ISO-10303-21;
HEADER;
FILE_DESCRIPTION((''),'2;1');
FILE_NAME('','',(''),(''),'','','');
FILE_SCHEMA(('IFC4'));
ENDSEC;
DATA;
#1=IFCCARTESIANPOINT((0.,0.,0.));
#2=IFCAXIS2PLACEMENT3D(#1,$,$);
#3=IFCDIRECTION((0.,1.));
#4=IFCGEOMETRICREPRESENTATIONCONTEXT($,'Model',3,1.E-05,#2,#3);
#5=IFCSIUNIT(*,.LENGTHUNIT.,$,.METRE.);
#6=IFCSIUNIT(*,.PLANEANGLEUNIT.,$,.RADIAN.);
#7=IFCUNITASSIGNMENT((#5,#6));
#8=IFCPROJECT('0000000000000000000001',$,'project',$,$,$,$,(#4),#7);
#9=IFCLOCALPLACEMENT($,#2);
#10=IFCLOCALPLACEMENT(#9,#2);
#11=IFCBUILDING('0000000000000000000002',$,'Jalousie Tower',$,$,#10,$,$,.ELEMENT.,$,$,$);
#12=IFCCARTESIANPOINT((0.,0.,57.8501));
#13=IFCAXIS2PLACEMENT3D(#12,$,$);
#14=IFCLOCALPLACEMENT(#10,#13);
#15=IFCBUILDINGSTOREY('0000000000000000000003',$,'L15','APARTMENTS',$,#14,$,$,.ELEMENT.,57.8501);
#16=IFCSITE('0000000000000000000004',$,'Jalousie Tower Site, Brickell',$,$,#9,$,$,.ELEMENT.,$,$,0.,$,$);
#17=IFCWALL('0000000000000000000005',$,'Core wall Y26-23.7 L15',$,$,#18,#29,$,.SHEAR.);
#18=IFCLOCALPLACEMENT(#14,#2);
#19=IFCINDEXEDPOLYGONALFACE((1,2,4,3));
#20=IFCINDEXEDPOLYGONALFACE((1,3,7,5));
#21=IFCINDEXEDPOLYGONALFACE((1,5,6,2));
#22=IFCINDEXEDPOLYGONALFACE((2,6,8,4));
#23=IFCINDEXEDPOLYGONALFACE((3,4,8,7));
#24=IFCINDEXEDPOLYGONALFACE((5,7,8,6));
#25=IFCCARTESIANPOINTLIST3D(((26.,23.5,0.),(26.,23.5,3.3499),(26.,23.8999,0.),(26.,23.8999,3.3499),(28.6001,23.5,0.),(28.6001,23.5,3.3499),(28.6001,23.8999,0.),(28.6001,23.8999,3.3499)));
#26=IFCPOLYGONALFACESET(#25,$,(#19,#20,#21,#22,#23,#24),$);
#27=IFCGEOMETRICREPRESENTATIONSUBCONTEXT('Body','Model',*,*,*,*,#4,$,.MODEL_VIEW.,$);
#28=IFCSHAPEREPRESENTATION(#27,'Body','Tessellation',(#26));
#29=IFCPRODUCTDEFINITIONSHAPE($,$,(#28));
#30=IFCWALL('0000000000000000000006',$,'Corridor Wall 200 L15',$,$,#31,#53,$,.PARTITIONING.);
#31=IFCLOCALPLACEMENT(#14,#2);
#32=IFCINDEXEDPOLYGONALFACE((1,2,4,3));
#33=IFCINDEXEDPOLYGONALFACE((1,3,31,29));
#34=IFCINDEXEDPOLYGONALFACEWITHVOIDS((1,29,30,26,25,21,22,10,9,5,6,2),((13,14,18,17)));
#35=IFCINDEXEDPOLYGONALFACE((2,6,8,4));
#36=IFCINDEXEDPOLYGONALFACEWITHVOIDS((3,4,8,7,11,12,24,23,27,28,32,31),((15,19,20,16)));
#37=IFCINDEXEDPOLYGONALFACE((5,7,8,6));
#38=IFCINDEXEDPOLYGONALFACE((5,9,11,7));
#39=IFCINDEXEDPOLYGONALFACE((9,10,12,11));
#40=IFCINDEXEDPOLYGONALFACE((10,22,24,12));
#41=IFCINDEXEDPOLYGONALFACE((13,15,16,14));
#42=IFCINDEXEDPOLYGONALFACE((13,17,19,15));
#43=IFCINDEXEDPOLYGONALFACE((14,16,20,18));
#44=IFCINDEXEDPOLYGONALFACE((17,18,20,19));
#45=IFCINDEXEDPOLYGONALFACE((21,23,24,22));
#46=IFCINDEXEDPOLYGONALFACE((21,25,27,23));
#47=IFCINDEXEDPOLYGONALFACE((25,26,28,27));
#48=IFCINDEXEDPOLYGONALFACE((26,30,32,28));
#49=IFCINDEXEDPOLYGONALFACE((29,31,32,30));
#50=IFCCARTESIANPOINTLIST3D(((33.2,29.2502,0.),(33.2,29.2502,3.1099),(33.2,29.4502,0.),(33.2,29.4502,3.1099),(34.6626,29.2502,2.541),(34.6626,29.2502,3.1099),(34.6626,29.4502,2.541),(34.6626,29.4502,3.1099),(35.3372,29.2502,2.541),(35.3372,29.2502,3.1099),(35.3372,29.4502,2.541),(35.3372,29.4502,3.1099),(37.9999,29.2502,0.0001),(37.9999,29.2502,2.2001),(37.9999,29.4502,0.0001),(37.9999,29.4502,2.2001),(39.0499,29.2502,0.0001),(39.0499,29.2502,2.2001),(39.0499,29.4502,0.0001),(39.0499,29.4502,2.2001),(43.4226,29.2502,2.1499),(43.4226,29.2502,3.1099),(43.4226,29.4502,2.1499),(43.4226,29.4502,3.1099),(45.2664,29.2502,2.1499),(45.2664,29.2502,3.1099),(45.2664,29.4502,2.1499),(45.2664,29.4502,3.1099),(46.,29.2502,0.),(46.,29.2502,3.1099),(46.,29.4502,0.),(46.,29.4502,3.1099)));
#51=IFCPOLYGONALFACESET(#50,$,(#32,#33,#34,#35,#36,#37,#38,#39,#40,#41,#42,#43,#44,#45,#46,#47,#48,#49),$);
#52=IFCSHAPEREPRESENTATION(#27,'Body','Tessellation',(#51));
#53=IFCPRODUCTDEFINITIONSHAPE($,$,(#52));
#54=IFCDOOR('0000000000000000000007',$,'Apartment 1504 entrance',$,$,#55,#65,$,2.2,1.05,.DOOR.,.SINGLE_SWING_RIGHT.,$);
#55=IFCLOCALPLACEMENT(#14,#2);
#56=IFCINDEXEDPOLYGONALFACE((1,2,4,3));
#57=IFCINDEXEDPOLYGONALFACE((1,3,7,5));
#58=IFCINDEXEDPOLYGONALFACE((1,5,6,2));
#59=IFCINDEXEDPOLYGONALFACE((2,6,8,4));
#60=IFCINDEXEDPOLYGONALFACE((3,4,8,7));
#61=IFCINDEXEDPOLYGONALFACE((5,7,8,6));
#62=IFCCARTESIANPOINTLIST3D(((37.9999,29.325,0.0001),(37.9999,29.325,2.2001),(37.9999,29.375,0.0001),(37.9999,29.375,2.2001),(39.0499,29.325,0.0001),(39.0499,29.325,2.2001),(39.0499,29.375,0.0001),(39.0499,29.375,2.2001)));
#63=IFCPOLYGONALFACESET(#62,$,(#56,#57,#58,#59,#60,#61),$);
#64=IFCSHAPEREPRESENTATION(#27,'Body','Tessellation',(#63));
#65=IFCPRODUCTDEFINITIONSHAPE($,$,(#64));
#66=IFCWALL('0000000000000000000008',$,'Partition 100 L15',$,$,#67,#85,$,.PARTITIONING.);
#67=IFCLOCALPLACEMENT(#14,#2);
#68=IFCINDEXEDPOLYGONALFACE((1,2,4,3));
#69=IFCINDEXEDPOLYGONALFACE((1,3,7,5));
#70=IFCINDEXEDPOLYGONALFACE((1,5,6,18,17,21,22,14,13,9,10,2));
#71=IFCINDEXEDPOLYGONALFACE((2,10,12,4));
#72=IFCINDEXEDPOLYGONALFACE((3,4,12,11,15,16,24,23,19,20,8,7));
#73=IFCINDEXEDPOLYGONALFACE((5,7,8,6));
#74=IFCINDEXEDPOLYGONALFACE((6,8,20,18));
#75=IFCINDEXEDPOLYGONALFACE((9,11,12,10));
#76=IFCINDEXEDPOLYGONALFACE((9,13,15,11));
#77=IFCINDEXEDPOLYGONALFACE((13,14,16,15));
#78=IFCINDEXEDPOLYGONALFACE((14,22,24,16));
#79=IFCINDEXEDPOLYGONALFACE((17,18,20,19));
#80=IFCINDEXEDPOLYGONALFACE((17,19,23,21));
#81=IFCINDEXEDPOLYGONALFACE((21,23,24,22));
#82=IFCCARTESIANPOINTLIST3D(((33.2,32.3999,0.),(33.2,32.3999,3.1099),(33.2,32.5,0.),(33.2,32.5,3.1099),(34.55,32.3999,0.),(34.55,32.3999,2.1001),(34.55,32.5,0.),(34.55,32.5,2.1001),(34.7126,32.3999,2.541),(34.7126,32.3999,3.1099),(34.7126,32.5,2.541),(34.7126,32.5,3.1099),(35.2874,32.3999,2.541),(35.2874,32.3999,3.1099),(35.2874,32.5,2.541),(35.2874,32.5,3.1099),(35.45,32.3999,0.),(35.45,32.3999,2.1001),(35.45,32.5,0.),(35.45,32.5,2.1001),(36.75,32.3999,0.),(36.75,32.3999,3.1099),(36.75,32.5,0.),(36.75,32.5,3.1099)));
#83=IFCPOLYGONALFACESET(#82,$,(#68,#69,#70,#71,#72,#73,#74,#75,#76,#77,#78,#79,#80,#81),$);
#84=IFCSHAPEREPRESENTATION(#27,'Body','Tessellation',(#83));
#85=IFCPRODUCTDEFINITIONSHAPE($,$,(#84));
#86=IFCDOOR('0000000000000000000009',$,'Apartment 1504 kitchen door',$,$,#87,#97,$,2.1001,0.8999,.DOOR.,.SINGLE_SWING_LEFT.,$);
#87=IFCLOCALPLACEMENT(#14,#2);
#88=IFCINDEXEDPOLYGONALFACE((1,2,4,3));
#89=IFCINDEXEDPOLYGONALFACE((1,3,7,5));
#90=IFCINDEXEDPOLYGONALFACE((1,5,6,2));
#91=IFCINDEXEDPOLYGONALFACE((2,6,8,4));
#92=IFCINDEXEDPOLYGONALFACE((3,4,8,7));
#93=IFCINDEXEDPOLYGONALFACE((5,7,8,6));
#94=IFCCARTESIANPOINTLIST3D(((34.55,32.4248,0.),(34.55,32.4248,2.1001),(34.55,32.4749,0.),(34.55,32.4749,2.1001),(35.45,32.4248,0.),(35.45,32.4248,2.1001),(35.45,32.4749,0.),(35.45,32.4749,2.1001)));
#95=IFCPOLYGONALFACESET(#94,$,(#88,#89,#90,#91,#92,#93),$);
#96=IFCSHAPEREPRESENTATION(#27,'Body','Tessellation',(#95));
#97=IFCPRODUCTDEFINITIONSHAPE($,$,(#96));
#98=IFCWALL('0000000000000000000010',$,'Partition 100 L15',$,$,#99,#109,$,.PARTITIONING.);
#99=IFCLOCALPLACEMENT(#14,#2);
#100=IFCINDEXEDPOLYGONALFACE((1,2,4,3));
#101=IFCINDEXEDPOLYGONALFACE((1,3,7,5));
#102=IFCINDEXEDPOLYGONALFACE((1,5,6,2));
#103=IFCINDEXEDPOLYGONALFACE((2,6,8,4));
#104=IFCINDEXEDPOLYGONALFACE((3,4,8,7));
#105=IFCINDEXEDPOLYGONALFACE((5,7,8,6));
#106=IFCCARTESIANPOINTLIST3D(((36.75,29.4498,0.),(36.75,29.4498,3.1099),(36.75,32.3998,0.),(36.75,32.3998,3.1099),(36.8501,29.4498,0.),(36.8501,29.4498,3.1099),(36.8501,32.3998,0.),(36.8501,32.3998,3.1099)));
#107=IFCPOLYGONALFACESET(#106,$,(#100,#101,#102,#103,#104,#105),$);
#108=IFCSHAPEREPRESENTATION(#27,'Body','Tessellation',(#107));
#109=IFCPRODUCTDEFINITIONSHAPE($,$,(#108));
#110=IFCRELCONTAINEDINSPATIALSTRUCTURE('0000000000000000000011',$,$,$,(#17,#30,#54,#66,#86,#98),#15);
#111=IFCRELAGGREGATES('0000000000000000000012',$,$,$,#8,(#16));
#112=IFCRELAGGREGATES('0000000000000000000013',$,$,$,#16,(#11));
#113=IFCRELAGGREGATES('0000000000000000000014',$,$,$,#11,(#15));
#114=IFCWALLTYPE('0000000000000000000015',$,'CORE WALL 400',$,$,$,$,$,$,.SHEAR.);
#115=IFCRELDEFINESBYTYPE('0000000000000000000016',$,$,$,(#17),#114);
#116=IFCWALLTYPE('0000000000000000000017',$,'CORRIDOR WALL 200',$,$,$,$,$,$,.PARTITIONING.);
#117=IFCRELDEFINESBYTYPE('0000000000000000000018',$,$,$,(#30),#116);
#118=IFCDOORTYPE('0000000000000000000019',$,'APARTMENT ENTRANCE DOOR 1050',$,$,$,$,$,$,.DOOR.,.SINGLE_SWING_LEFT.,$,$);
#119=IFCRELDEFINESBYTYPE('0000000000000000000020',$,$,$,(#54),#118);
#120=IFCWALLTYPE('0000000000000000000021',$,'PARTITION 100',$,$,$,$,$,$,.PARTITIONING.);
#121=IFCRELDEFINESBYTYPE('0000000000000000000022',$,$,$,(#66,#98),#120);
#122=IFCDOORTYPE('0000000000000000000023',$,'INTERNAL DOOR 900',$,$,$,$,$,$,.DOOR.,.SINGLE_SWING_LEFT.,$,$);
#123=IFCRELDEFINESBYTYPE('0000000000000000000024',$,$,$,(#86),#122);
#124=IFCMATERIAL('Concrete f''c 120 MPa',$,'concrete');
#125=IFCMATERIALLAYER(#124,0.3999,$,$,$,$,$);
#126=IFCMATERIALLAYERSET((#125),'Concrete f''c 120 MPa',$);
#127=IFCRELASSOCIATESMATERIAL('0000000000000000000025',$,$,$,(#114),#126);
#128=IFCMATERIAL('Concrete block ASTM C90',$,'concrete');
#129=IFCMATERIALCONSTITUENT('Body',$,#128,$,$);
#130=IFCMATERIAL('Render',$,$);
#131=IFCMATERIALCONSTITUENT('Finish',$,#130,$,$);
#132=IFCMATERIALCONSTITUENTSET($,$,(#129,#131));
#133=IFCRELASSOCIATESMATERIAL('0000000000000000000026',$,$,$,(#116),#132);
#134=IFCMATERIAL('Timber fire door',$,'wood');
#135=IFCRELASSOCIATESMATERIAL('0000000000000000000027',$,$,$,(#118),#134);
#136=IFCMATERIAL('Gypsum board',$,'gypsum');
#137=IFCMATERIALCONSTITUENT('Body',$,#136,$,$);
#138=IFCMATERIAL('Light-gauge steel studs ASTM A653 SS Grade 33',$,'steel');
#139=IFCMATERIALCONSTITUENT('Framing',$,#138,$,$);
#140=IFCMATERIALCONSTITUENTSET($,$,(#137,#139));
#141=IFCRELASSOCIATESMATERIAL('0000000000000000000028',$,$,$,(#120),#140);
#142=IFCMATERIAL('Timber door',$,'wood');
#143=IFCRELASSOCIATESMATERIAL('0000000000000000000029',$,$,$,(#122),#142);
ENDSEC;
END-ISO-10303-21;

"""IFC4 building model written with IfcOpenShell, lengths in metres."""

from ifc_helpers import new_model, si_unit, direction, frame, frame_2d, origin, place, context, subcontext, project, spatial, polyline, rectangle, outline, extrude, material, layer, layer_set, constituent, constituent_set, type_object, element, fill, save


model = new_model("IFC4")

# Units and contexts
model_context = context("Model", 3, precision=1e-05, world=origin(), true_north=direction((0.0, 1.0)))
body_context = subcontext(model_context, "Body", "Model", "MODEL_VIEW")
ifc_project = project(units=[si_unit("LENGTHUNIT", "METRE"), si_unit("PLANEANGLEUNIT", "RADIAN")], contexts=[model_context])

# Site, building, storey
site_placement = place(None, origin())
site = spatial("IfcSite", under=ifc_project, at=site_placement, Name="Jalousie Tower Site, Brickell", CompositionType="ELEMENT", RefElevation=0.0)
building_placement = place(site_placement, origin())
building = spatial("IfcBuilding", under=site, at=building_placement, Name="Jalousie Tower", CompositionType="ELEMENT")
storey_placement = place(building_placement, frame((0.0, 0.0, 57.8501)))
storey = spatial("IfcBuildingStorey", under=building, at=storey_placement, Name="L15", Description="APARTMENTS", CompositionType="ELEMENT", Elevation=57.8501)

# Wall
ifc_material_1 = material(Name="Concrete f'c 120 MPa", Category="concrete")
ifc_layer_1 = layer(ifc_material_1, 0.3999)
ifc_layer_set_1 = layer_set([ifc_layer_1], Name="Concrete f'c 120 MPa")
wall_type_1 = type_object("IfcWallType", Name="CORE WALL 400", PredefinedType="SHEAR", material=ifc_layer_set_1)
wall_1_placement = place(storey_placement, frame((26.0, 23.7, 0.0), z_axis=(0.0, 0.0, 1.0), x_axis=(1.0, 0.0, 0.0)))
element("IfcWall", 1, at=wall_1_placement, inside=storey, type_object=wall_type_1, Name="Core wall Y26-23.7 L15", PredefinedType="SHEAR", context=body_context, shape_type="SweptSolid", body=[
    extrude(rectangle(XDim=2.6001, YDim=0.3999, at=frame_2d((1.3, 0.0))), origin(), (0.0, 0.0, 1.0), 3.3499),
])

# Walls, openings, doors
ifc_material_2 = material(Name="Concrete block ASTM C90", Category="concrete")
ifc_constituent_1 = constituent(ifc_material_2, Name="Body")
ifc_material_3 = material(Name="Render")
ifc_constituent_2 = constituent(ifc_material_3, Name="Finish")
ifc_constituent_set_1 = constituent_set(constituents=[ifc_constituent_1, ifc_constituent_2])
wall_type_2 = type_object("IfcWallType", Name="CORRIDOR WALL 200", PredefinedType="PARTITIONING", material=ifc_constituent_set_1)
wall_2_placement = place(storey_placement, frame((33.2, 29.3501, 0.0), z_axis=(0.0, 0.0, 1.0), x_axis=(1.0, 0.0, 0.0)))
wall_2 = element("IfcWall", 2, at=wall_2_placement, inside=storey, type_object=wall_type_2, Name="Corridor Wall 200 L15", PredefinedType="PARTITIONING", context=body_context, shape_type="SweptSolid", body=[
    extrude(outline(polyline([(0.0, 0.0), (12.8, 0.0), (12.8, 3.1099), (12.0664, 3.1099), (12.0664, 2.1499), (10.2227, 2.1499), (10.2227, 3.1099), (2.1372, 3.1099), (2.1372, 2.541), (1.4626, 2.541), (1.4626, 3.1099), (0.0, 3.1099), (0.0, 0.0)])), frame((0.0, 0.1001, 0.0), z_axis=(0.0, -1.0, 0.0), x_axis=(1.0, 0.0, 0.0)), (0.0, 0.0, 1.0), 0.2),
])
opening_1_placement = place(wall_2_placement, frame((4.8, 0.0, 0.0)))
opening_1 = element("IfcOpeningElement", 3, at=opening_1_placement, cuts=wall_2, PredefinedType="OPENING", context=body_context, shape_type="SweptSolid", body=[
    extrude(rectangle(XDim=1.05, YDim=2.2, at=frame_2d((0.5249, 1.1001))), frame((0.0, 0.1099, 0.0), z_axis=(0.0, -1.0, 0.0), x_axis=(1.0, 0.0, 0.0)), (0.0, 0.0, 1.0), 0.22),
])
ifc_material_4 = material(Name="Timber fire door", Category="wood")
door_type_1 = type_object("IfcDoorType", Name="APARTMENT ENTRANCE DOOR 1050", OperationType="SINGLE_SWING_LEFT", PredefinedType="DOOR", material=ifc_material_4)
door_1_placement = place(opening_1_placement, origin())
door_1 = element("IfcDoor", 4, at=door_1_placement, inside=storey, type_object=door_type_1, Name="Apartment 1504 entrance", OperationType="SINGLE_SWING_RIGHT", OverallHeight=2.2, OverallWidth=1.05, PredefinedType="DOOR", context=body_context, shape_type="SweptSolid", body=[
    extrude(rectangle(XDim=1.05, YDim=2.2, at=frame_2d((0.5249, 1.1001))), frame((0.0, 0.0249, 0.0), z_axis=(0.0, -1.0, 0.0), x_axis=(1.0, 0.0, 0.0)), (0.0, 0.0, 1.0), 0.05),
])
fill(opening_1, door_1)
ifc_material_5 = material(Name="Gypsum board", Category="gypsum")
ifc_constituent_3 = constituent(ifc_material_5, Name="Body")
ifc_material_6 = material(Name="Light-gauge steel studs ASTM A653 SS Grade 33", Category="steel")
ifc_constituent_4 = constituent(ifc_material_6, Name="Framing")
ifc_constituent_set_2 = constituent_set(constituents=[ifc_constituent_3, ifc_constituent_4])
wall_type_3 = type_object("IfcWallType", Name="PARTITION 100", PredefinedType="PARTITIONING", material=ifc_constituent_set_2)
wall_3_placement = place(storey_placement, frame((33.2, 32.45, 0.0), z_axis=(0.0, 0.0, 1.0), x_axis=(1.0, 0.0, 0.0)))
wall_3 = element("IfcWall", 5, at=wall_3_placement, inside=storey, type_object=wall_type_3, Name="Partition 100 L15", PredefinedType="PARTITIONING", context=body_context, shape_type="SweptSolid", body=[
    extrude(outline(polyline([(0.0, 0.0), (3.55, 0.0), (3.55, 3.1099), (2.0874, 3.1099), (2.0874, 2.541), (1.5127, 2.541), (1.5127, 3.1099), (0.0, 3.1099), (0.0, 0.0)])), frame((0.0, 0.05, 0.0), z_axis=(0.0, -1.0, 0.0), x_axis=(1.0, 0.0, 0.0)), (0.0, 0.0, 1.0), 0.1001),
])
opening_2_placement = place(wall_3_placement, frame((1.3501, 0.0, 0.0)))
opening_2 = element("IfcOpeningElement", 6, at=opening_2_placement, cuts=wall_3, PredefinedType="OPENING", context=body_context, shape_type="SweptSolid", body=[
    extrude(rectangle(XDim=0.8999, YDim=2.1001, at=frame_2d((0.45, 1.05))), frame((0.0, 0.0601, 0.0), z_axis=(0.0, -1.0, 0.0), x_axis=(1.0, 0.0, 0.0)), (0.0, 0.0, 1.0), 0.1201),
])
ifc_material_7 = material(Name="Timber door", Category="wood")
door_type_2 = type_object("IfcDoorType", Name="INTERNAL DOOR 900", OperationType="SINGLE_SWING_LEFT", PredefinedType="DOOR", material=ifc_material_7)
door_2_placement = place(opening_2_placement, origin())
door_2 = element("IfcDoor", 7, at=door_2_placement, inside=storey, type_object=door_type_2, Name="Apartment 1504 kitchen door", OperationType="SINGLE_SWING_LEFT", OverallHeight=2.1001, OverallWidth=0.8999, PredefinedType="DOOR", context=body_context, shape_type="SweptSolid", body=[
    extrude(rectangle(XDim=0.8999, YDim=2.1001, at=frame_2d((0.45, 1.05))), frame((0.0, 0.0249, 0.0), z_axis=(0.0, -1.0, 0.0), x_axis=(1.0, 0.0, 0.0)), (0.0, 0.0, 1.0), 0.05),
])
fill(opening_2, door_2)

# Wall
wall_4_placement = place(storey_placement, frame((36.8, 32.3999, 0.0), z_axis=(0.0, 0.0, 1.0), x_axis=(0.0, -1.0, 0.0)))
element("IfcWall", 8, at=wall_4_placement, inside=storey, type_object=wall_type_3, Name="Partition 100 L15", PredefinedType="PARTITIONING", context=body_context, shape_type="SweptSolid", body=[
    extrude(rectangle(XDim=2.95, YDim=0.1001, at=frame_2d((1.4751, 0.0))), origin(), (0.0, 0.0, 1.0), 3.1099),
])

save(model, "model.ifc")
